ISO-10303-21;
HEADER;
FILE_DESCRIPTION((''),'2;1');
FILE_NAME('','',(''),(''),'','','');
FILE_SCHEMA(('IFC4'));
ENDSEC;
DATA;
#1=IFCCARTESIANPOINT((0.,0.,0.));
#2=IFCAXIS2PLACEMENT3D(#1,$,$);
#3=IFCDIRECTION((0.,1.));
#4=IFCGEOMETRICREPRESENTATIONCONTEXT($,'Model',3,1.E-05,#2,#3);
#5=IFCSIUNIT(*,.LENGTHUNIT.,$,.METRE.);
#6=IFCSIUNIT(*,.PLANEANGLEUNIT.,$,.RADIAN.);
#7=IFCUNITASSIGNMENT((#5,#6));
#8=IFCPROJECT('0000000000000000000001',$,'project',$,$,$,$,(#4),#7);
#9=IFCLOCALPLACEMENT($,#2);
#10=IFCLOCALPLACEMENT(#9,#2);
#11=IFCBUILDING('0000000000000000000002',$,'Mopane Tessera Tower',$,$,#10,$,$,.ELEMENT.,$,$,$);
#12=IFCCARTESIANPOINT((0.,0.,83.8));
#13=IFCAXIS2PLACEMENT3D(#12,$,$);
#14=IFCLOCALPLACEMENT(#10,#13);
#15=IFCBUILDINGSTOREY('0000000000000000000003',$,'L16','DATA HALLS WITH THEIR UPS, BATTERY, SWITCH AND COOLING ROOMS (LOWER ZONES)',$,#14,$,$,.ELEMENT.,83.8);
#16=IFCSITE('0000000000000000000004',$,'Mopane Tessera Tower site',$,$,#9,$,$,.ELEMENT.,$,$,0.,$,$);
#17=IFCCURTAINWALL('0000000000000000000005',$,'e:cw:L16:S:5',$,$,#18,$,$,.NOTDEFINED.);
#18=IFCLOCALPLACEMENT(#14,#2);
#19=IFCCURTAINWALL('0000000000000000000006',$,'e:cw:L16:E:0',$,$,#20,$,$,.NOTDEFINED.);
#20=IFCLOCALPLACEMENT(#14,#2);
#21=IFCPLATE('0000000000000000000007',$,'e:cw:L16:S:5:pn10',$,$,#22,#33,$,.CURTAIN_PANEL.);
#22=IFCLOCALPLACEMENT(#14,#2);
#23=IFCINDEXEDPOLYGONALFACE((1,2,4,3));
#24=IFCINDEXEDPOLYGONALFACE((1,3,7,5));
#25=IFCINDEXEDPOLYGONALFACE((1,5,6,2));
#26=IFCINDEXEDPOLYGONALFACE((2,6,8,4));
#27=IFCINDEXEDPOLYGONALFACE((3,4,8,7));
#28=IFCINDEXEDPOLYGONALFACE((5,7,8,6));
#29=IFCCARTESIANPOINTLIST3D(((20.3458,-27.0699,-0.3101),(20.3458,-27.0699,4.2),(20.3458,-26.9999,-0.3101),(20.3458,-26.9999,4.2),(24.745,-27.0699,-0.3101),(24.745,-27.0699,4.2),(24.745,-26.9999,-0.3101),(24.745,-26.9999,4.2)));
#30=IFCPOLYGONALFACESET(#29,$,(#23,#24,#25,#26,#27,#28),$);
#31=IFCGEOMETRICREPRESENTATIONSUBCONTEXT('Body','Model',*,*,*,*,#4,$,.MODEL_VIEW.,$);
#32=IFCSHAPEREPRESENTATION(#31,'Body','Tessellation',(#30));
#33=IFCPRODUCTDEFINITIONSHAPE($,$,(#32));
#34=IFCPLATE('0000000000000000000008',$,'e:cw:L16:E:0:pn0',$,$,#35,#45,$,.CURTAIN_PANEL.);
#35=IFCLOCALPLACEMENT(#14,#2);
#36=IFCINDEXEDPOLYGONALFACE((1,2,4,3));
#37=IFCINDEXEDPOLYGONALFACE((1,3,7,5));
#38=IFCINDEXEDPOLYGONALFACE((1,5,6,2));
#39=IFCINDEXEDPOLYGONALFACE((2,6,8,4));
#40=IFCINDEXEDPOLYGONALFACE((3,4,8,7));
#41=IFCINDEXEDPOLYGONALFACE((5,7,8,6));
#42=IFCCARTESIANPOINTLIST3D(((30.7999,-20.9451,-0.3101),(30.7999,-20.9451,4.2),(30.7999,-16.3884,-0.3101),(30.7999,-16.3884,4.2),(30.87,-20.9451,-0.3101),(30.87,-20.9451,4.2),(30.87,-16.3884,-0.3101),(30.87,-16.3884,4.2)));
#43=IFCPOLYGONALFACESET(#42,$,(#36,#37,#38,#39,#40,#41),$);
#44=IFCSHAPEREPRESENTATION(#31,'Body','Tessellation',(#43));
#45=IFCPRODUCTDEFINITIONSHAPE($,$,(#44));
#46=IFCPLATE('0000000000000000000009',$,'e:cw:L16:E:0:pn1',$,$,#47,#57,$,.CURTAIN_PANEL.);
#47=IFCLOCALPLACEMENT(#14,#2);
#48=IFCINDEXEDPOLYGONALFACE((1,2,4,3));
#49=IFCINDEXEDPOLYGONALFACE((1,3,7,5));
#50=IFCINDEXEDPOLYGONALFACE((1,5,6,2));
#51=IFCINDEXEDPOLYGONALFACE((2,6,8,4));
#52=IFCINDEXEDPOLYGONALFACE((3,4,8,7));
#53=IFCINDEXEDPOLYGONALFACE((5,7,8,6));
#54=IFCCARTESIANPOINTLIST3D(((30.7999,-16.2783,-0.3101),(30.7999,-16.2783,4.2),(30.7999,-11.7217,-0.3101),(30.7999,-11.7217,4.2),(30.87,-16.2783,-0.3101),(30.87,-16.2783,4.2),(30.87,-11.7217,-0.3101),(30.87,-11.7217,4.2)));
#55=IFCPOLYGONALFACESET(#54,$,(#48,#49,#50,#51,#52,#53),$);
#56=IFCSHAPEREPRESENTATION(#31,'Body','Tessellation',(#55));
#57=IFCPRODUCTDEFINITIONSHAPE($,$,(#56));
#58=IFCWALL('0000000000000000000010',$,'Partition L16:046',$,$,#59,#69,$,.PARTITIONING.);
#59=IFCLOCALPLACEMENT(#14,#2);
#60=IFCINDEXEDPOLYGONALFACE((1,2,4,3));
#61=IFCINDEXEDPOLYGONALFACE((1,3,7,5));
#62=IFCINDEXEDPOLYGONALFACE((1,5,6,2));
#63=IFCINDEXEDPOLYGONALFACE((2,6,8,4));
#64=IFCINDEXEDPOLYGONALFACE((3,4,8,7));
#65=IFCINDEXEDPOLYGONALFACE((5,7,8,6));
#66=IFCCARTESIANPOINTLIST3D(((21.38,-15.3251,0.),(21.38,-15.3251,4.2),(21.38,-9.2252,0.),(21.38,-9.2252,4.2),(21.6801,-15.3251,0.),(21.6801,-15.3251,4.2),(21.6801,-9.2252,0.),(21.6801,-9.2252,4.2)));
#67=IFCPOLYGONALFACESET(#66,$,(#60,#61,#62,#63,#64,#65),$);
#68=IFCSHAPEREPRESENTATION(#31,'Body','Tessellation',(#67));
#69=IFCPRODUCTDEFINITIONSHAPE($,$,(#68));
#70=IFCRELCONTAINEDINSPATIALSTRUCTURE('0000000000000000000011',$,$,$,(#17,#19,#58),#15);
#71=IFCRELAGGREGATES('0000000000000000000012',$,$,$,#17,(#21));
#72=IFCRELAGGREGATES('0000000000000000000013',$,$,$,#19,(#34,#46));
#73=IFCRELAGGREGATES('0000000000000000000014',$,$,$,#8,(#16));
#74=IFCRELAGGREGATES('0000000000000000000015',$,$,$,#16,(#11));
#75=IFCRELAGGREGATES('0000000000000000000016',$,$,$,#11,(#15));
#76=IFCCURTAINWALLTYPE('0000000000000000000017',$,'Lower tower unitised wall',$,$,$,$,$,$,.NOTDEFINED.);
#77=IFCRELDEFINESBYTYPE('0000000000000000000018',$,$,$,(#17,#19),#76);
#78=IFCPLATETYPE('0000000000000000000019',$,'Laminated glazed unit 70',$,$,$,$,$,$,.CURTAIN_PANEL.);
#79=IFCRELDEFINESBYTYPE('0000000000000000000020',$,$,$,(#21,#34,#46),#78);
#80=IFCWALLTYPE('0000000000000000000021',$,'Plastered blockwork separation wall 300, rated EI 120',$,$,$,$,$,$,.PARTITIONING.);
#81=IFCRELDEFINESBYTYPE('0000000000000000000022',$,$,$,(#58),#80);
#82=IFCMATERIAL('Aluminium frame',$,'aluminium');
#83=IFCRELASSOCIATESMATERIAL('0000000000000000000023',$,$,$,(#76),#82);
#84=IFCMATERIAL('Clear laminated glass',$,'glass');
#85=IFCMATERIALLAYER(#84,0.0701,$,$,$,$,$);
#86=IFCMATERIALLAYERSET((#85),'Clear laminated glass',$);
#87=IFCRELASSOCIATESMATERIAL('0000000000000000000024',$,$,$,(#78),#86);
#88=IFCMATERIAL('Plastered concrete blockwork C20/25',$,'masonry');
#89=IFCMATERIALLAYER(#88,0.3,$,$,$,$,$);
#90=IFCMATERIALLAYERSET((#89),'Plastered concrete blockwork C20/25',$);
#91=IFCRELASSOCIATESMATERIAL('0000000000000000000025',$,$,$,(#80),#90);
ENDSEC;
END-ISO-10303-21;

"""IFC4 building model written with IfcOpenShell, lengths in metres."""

from ifc_helpers import new_model, si_unit, direction, frame, frame_2d, origin, origin_2d, place, context, subcontext, project, spatial, rectangle, extrude, material, layer, layer_set, type_object, element, aggregate, save


model = new_model("IFC4")

# Units and contexts
model_context = context("Model", 3, precision=1e-05, world=origin(), true_north=direction((0.0, 1.0)))
body_context = subcontext(model_context, "Body", "Model", "MODEL_VIEW")
ifc_project = project(units=[si_unit("LENGTHUNIT", "METRE"), si_unit("PLANEANGLEUNIT", "RADIAN")], contexts=[model_context])

# Site, building, storey
site_placement = place(None, origin())
site = spatial("IfcSite", under=ifc_project, at=site_placement, Name="Mopane Tessera Tower site", CompositionType="ELEMENT", RefElevation=0.0)
building_placement = place(site_placement, origin())
building = spatial("IfcBuilding", under=site, at=building_placement, Name="Mopane Tessera Tower", CompositionType="ELEMENT")
storey_placement = place(building_placement, frame((0.0, 0.0, 83.8)))
storey = spatial("IfcBuildingStorey", under=building, at=storey_placement, Name="L16", Description="DATA HALLS WITH THEIR UPS, BATTERY, SWITCH AND COOLING ROOMS (LOWER ZONES)", CompositionType="ELEMENT", Elevation=83.8)

# Curtain walls
ifc_material_1 = material(Name="Aluminium frame", Category="aluminium")
curtain_wall_type = type_object("IfcCurtainWallType", Name="Lower tower unitised wall", PredefinedType="NOTDEFINED", material=ifc_material_1)
curtain_wall_1_placement = place(storey_placement, origin())
curtain_wall_1 = element("IfcCurtainWall", 1, at=curtain_wall_1_placement, inside=storey, type_object=curtain_wall_type, Name="e:cw:L16:S:5", PredefinedType="NOTDEFINED")
curtain_wall_2_placement = place(storey_placement, origin())
curtain_wall_2 = element("IfcCurtainWall", 2, at=curtain_wall_2_placement, inside=storey, type_object=curtain_wall_type, Name="e:cw:L16:E:0", PredefinedType="NOTDEFINED")

# Plates
ifc_material_2 = material(Name="Clear laminated glass", Category="glass")
ifc_layer_1 = layer(ifc_material_2, 0.0701)
ifc_layer_set_1 = layer_set([ifc_layer_1], Name="Clear laminated glass")
plate_type = type_object("IfcPlateType", Name="Laminated glazed unit 70", PredefinedType="CURTAIN_PANEL", material=ifc_layer_set_1)
plate_1_placement = place(storey_placement, frame((22.5454, -27.0349, -0.3101), z_axis=(0.0, 0.0, 1.0), x_axis=(1.0, 0.0, 0.0)))
plate_1 = element("IfcPlate", 3, at=plate_1_placement, type_object=plate_type, Name="e:cw:L16:S:5:pn10", PredefinedType="CURTAIN_PANEL", context=body_context, shape_type="SweptSolid", body=[
    extrude(rectangle(XDim=4.3992, YDim=0.0701, at=origin_2d()), origin(), (0.0, 0.0, 1.0), 4.51),
])
aggregate(curtain_wall_1, [plate_1])
plate_2_placement = place(storey_placement, frame((30.835, -18.6667, -0.3101), z_axis=(0.0, 0.0, 1.0), x_axis=(0.0, 1.0, 0.0)))
plate_2 = element("IfcPlate", 4, at=plate_2_placement, type_object=plate_type, Name="e:cw:L16:E:0:pn0", PredefinedType="CURTAIN_PANEL", context=body_context, shape_type="SweptSolid", body=[
    extrude(rectangle(XDim=4.5566, YDim=0.0701, at=origin_2d()), origin(), (0.0, 0.0, 1.0), 4.51),
])
plate_3_placement = place(storey_placement, frame((30.835, -14.0, -0.3101), z_axis=(0.0, 0.0, 1.0), x_axis=(0.0, 1.0, 0.0)))
plate_3 = element("IfcPlate", 5, at=plate_3_placement, type_object=plate_type, Name="e:cw:L16:E:0:pn1", PredefinedType="CURTAIN_PANEL", context=body_context, shape_type="SweptSolid", body=[
    extrude(rectangle(XDim=4.5566, YDim=0.0701, at=origin_2d()), origin(), (0.0, 0.0, 1.0), 4.51),
])
aggregate(curtain_wall_2, [plate_2, plate_3])

# Wall
ifc_material_3 = material(Name="Plastered concrete blockwork C20/25", Category="masonry")
ifc_layer_2 = layer(ifc_material_3, 0.3)
ifc_layer_set_2 = layer_set([ifc_layer_2], Name="Plastered concrete blockwork C20/25")
wall_type = type_object("IfcWallType", Name="Plastered blockwork separation wall 300, rated EI 120", PredefinedType="PARTITIONING", material=ifc_layer_set_2)
wall_placement = place(storey_placement, frame((21.53, -15.325, 0.0), z_axis=(0.0, 0.0, 1.0), x_axis=(0.0, 1.0, 0.0)))
element("IfcWall", 6, at=wall_placement, inside=storey, type_object=wall_type, Name="Partition L16:046", PredefinedType="PARTITIONING", context=body_context, shape_type="SweptSolid", body=[
    extrude(rectangle(XDim=6.0999, YDim=0.3, at=frame_2d((3.0498, 0.0))), origin(), (0.0, 0.0, 1.0), 4.2),
])

save(model, "model.ifc")
